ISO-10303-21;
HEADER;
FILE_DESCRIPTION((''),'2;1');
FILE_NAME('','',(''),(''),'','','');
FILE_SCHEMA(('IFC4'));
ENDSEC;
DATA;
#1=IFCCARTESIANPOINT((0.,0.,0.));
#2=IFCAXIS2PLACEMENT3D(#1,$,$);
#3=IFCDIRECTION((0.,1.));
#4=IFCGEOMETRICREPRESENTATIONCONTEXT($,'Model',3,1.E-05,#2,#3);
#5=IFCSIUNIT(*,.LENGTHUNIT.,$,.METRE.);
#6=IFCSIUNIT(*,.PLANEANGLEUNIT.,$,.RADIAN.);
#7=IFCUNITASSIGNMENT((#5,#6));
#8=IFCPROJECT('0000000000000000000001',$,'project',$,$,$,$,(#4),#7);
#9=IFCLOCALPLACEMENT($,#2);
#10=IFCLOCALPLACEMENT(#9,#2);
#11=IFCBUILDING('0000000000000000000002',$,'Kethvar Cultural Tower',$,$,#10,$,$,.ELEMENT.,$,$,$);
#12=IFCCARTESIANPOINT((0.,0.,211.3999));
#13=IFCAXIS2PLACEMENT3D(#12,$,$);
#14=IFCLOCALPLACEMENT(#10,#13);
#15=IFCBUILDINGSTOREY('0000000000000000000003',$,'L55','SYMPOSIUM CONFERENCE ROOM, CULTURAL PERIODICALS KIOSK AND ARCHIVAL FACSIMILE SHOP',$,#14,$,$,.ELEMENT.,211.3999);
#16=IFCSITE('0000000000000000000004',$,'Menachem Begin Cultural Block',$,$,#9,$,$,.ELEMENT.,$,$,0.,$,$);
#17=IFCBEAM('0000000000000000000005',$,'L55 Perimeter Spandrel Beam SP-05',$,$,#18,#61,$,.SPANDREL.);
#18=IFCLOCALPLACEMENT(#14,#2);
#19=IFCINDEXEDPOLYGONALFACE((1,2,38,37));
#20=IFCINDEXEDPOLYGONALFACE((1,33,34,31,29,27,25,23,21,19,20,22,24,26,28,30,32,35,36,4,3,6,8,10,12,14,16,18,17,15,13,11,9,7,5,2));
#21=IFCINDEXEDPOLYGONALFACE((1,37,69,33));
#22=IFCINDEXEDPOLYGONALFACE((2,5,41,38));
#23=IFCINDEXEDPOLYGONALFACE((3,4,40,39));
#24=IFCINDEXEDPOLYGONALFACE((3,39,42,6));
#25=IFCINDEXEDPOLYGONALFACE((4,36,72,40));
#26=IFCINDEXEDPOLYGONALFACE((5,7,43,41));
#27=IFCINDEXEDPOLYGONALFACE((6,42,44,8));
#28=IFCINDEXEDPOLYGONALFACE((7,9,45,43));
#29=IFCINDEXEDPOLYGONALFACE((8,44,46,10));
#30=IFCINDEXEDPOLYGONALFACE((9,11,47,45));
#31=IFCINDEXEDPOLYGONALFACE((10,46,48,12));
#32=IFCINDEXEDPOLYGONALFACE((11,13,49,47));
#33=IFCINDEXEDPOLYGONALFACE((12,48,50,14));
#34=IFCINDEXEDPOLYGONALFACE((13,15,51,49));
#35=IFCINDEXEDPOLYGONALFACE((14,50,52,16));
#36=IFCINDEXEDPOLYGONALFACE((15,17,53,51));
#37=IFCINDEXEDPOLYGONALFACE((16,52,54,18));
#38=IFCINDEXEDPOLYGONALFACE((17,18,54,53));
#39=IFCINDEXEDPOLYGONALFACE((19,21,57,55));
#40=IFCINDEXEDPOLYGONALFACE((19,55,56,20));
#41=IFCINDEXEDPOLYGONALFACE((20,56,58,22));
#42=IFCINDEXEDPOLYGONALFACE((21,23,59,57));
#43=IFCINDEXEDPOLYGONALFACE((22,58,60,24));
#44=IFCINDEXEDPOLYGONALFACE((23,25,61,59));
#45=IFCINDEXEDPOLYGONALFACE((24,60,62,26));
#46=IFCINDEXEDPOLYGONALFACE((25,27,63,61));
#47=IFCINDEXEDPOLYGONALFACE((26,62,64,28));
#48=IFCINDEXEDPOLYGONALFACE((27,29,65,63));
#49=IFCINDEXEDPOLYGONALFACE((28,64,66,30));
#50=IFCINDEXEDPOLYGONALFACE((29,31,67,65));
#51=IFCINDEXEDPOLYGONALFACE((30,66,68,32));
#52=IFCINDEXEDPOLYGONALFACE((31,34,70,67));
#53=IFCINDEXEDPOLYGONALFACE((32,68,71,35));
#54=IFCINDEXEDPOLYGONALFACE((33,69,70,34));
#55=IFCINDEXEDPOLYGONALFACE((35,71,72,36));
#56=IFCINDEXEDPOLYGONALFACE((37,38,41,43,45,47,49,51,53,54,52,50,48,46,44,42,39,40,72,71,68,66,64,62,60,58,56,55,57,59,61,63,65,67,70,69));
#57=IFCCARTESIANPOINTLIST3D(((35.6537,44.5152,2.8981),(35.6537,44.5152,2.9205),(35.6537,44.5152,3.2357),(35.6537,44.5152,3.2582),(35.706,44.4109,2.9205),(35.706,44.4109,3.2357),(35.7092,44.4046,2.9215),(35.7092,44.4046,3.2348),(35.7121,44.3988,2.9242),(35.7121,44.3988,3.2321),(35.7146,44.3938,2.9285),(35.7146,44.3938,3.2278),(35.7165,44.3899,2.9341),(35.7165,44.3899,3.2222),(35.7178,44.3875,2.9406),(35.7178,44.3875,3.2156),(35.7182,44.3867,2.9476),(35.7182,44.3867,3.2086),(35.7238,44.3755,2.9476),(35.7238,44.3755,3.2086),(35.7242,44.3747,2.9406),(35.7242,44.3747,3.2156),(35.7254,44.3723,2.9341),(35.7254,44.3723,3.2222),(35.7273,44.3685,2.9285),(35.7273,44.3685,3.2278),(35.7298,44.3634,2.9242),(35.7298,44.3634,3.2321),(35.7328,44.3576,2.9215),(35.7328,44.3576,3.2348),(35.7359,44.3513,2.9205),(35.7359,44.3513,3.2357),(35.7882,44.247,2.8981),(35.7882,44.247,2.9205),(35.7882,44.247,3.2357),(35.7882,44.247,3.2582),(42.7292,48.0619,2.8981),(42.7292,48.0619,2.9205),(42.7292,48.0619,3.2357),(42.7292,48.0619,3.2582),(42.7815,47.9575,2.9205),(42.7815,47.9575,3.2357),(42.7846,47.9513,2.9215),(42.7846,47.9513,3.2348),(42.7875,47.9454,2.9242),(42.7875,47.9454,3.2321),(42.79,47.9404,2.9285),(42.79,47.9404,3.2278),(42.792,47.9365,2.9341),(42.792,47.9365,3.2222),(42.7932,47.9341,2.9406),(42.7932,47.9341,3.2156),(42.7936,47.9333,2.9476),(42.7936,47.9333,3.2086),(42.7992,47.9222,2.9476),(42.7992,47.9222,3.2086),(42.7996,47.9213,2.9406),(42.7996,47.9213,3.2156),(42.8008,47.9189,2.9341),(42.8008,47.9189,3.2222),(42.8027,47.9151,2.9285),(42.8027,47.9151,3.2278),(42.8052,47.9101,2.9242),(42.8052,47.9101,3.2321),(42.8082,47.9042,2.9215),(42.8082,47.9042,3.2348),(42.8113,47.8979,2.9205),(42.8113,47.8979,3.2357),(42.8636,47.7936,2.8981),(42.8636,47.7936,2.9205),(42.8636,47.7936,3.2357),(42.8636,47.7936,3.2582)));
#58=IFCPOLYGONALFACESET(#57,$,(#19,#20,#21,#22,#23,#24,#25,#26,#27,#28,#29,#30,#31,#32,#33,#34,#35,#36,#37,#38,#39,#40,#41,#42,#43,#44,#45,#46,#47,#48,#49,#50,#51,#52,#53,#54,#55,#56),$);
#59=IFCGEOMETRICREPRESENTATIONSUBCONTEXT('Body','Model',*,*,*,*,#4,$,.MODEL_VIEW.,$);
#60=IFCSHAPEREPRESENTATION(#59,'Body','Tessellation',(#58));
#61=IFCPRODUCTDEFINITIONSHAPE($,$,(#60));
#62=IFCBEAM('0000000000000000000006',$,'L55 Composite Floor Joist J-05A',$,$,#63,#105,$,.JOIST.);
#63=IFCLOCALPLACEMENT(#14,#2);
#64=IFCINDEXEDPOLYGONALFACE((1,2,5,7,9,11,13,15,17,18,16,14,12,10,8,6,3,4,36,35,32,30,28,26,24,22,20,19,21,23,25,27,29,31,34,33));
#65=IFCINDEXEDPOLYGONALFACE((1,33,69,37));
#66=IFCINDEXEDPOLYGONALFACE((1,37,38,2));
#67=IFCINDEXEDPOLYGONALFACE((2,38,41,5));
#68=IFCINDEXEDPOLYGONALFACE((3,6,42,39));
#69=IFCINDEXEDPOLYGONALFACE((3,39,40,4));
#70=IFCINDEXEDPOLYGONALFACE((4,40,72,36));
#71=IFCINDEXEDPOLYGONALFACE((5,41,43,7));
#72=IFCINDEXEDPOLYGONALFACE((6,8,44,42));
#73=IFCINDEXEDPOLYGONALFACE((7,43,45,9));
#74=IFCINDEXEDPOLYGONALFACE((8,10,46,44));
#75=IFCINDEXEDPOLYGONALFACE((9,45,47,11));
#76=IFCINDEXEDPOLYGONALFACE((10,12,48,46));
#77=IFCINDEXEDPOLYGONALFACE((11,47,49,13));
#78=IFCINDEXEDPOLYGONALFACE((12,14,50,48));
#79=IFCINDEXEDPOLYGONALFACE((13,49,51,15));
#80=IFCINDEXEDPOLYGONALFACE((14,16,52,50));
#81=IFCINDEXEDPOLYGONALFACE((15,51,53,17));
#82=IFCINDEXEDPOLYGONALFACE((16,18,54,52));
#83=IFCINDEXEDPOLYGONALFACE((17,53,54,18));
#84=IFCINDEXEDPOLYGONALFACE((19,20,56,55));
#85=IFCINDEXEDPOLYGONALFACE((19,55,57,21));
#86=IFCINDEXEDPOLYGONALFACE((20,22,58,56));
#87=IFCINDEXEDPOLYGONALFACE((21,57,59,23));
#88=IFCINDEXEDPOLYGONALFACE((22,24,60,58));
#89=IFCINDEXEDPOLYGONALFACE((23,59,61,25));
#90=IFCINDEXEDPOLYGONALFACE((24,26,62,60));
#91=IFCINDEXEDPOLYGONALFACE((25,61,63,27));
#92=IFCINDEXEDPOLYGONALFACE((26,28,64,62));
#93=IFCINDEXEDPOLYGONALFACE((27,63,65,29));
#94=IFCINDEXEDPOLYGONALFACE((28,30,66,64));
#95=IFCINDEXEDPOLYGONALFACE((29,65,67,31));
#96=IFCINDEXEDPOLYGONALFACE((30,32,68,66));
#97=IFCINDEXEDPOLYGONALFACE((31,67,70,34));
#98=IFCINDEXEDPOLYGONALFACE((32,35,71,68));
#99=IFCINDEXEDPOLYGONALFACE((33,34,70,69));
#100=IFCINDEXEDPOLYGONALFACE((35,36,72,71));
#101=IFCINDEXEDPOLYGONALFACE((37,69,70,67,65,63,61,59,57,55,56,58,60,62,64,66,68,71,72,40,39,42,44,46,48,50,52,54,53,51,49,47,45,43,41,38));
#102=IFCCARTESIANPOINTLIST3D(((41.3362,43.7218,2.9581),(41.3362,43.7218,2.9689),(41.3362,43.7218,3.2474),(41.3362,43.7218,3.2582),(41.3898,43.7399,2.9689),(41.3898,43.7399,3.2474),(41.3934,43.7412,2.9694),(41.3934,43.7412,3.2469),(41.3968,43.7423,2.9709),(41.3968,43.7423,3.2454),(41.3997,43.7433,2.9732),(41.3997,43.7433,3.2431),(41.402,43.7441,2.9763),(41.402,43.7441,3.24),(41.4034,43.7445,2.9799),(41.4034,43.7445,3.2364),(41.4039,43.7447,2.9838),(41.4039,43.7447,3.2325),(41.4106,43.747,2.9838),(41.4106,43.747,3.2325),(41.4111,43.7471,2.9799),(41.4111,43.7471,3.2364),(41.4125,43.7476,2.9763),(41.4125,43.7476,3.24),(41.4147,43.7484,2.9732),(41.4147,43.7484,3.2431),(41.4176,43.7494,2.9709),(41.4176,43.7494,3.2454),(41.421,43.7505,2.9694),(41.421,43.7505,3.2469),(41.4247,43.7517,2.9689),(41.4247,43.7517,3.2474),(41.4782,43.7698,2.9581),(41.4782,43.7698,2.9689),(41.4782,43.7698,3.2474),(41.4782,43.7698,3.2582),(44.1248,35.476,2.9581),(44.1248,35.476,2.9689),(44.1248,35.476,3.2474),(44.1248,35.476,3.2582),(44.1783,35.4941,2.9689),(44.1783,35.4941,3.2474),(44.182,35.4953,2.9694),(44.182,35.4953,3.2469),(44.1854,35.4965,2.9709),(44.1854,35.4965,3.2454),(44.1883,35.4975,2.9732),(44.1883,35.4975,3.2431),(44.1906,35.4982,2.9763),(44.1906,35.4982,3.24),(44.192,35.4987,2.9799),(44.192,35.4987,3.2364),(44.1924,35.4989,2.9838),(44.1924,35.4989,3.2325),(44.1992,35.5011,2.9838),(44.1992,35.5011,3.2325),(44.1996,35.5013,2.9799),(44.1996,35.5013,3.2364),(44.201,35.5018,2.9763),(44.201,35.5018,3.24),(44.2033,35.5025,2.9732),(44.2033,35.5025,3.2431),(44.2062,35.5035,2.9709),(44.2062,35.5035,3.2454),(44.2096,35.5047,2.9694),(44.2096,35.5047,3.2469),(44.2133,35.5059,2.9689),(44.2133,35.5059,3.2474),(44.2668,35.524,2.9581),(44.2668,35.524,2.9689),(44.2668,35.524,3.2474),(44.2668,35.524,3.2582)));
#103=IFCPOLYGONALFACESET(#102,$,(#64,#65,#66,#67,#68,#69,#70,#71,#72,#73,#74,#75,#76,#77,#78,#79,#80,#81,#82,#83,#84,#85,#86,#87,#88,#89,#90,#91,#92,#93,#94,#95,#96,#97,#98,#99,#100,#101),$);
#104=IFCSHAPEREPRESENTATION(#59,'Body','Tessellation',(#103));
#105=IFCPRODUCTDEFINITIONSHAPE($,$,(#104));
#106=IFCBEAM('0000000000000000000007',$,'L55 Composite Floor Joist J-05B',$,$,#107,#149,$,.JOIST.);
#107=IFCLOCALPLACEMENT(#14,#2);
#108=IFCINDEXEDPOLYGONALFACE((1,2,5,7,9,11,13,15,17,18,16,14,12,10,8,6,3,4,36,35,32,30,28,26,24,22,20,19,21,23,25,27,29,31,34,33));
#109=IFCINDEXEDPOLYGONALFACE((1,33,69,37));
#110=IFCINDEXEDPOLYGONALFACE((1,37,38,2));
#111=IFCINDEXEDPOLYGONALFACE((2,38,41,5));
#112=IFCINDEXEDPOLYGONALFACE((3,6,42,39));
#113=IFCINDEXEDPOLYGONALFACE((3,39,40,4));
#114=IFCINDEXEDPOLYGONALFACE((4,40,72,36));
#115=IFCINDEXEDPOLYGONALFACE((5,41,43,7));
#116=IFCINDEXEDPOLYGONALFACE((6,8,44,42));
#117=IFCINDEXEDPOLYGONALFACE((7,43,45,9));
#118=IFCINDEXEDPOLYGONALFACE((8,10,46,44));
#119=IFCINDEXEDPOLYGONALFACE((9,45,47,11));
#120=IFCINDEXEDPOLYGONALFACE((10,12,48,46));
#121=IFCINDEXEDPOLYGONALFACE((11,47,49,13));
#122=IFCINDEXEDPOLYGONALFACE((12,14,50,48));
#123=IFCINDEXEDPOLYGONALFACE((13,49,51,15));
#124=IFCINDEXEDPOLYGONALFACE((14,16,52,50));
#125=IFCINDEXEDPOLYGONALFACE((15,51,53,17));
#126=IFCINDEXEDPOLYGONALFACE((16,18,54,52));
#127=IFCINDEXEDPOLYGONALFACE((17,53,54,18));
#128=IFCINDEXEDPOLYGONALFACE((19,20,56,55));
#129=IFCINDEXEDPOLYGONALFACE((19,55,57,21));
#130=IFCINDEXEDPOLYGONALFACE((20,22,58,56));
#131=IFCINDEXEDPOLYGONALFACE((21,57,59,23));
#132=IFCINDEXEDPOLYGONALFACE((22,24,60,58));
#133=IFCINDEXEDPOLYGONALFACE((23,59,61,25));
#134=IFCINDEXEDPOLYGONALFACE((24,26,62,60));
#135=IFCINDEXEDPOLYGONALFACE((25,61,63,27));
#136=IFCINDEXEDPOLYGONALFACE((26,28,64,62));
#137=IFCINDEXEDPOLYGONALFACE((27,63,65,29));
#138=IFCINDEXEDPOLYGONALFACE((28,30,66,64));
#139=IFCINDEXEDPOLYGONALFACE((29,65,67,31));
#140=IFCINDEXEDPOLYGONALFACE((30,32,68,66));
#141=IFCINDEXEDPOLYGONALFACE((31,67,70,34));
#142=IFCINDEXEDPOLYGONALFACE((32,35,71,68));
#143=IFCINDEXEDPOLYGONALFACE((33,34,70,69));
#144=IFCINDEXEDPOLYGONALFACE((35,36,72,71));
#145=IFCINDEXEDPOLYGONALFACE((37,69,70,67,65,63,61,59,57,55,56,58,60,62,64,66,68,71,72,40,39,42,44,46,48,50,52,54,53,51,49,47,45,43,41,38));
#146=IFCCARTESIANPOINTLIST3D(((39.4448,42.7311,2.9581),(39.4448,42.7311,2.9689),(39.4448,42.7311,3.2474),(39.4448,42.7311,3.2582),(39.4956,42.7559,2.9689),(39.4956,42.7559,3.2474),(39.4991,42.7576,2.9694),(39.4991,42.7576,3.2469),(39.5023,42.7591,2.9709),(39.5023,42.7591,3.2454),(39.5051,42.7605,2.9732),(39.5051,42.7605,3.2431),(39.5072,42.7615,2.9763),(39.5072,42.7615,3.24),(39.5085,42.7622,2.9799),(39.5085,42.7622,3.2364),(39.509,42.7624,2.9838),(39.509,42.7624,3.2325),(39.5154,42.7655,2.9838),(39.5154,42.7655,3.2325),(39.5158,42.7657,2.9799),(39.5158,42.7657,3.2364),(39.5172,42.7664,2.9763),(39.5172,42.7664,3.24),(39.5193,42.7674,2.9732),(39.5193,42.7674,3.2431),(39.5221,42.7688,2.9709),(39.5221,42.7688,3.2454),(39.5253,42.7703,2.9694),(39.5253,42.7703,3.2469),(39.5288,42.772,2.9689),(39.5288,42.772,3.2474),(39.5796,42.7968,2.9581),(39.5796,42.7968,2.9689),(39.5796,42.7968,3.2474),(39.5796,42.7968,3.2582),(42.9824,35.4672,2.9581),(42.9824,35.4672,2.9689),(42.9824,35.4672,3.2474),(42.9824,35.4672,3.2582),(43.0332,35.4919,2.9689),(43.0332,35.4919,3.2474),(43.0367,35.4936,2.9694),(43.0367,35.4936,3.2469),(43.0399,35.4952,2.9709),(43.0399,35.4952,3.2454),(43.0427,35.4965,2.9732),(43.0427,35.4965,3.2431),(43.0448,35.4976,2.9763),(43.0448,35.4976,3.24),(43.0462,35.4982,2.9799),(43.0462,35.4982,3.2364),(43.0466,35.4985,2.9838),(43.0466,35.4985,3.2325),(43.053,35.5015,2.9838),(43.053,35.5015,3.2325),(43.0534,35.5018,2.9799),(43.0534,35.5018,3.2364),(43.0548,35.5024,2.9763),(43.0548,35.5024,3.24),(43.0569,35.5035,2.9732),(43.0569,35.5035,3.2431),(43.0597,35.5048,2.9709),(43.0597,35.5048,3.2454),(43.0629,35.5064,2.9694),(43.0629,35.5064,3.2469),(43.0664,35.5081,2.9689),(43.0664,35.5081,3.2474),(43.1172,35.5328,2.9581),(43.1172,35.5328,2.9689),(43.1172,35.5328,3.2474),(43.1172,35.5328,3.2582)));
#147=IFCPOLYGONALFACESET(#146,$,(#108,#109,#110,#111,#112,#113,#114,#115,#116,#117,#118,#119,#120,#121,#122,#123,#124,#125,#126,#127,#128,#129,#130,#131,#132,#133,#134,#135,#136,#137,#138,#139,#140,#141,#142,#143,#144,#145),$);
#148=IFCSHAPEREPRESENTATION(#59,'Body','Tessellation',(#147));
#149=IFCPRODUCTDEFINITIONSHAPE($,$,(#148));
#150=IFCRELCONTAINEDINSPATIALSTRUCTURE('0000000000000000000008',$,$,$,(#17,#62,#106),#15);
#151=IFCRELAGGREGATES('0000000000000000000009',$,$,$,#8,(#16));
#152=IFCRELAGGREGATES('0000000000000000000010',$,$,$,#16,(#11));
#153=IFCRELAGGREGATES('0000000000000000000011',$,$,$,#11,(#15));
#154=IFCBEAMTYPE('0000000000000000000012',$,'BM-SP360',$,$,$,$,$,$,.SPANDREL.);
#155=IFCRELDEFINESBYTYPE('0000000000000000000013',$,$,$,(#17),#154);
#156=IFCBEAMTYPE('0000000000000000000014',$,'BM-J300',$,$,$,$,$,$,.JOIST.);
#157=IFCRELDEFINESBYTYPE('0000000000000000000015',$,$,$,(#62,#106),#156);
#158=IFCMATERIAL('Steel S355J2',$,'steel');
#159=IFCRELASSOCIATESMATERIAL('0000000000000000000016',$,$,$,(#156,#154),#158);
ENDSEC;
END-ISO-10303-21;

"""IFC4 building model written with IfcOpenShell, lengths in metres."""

from ifc_helpers import new_model, si_unit, direction, frame, origin, origin_2d, place, context, subcontext, project, spatial, i_section, extrude, source, transform, mapped, material, material_profile, profile_set, type_object, element, save


model = new_model("IFC4")

# Units and contexts
model_context = context("Model", 3, precision=1e-05, world=origin(), true_north=direction((0.0, 1.0)))
body_context = subcontext(model_context, "Body", "Model", "MODEL_VIEW")
ifc_project = project(units=[si_unit("LENGTHUNIT", "METRE"), si_unit("PLANEANGLEUNIT", "RADIAN")], contexts=[model_context])

# Site, building, storey
site_placement = place(None, origin())
site = spatial("IfcSite", under=ifc_project, at=site_placement, Name="Menachem Begin Cultural Block", CompositionType="ELEMENT", RefElevation=0.0)
building_placement = place(site_placement, origin())
building = spatial("IfcBuilding", under=site, at=building_placement, Name="Kethvar Cultural Tower", CompositionType="ELEMENT")
storey_placement = place(building_placement, frame((0.0, 0.0, 211.3999)))
storey = spatial("IfcBuildingStorey", under=building, at=storey_placement, Name="L55", Description="SYMPOSIUM CONFERENCE ROOM, CULTURAL PERIODICALS KIOSK AND ARCHIVAL FACSIMILE SHOP", CompositionType="ELEMENT", Elevation=211.3999)

# Beams
ifc_material_1 = material(Name="Steel S355J2", Category="steel")
ifc_material_profile_1 = material_profile(ifc_material_1, i_section(OverallWidth=0.1499, OverallDepth=0.3, WebThickness=0.0071, FlangeThickness=0.0107, FilletRadius=0.0149, at=origin_2d()), Name="Steel S355J2 — IPE300")
ifc_profile_set_1 = profile_set([ifc_material_profile_1], Name="Steel S355J2 — IPE300")
beam_type_1 = type_object("IfcBeamType", Name="BM-J300", PredefinedType="JOIST", material=ifc_profile_set_1)
ifc_material_profile_2 = material_profile(ifc_material_1, i_section(OverallWidth=0.3, OverallDepth=0.3601, WebThickness=0.0125, FlangeThickness=0.0225, FilletRadius=0.0271, at=origin_2d()), Name="Steel S355J2 — HEB360")
ifc_profile_set_2 = profile_set([ifc_material_profile_2], Name="Steel S355J2 — HEB360")
beam_type_2 = type_object("IfcBeamType", Name="BM-SP360", PredefinedType="SPANDREL", material=ifc_profile_set_2)
shared_shape_1 = source(origin(), body_context, "Body", "SweptSolid", [
    extrude(i_section(OverallWidth=0.3, OverallDepth=0.3601, WebThickness=0.0125, FlangeThickness=0.0225, FilletRadius=0.0271, at=origin_2d()), origin(), (0.0, 0.0, 1.0), 7.9146),
])
beam_1_placement = place(storey_placement, frame((42.7964, 47.9277, 3.0781), z_axis=(-0.893976, -0.448114, 0.0), x_axis=(0.448114, -0.893976, 0.0)))
element("IfcBeam", 1, at=beam_1_placement, inside=storey, type_object=beam_type_2, Name="L55 Perimeter Spandrel Beam SP-05", PredefinedType="SPANDREL", context=body_context, shape_type="MappedRepresentation", body=[
    mapped(shared_shape_1, transform((0.0, 0.0, 0.0), scale=1.0)),
])
shared_shape_2 = source(origin(), body_context, "Body", "SweptSolid", [
    extrude(i_section(OverallWidth=0.1499, OverallDepth=0.3, WebThickness=0.0071, FlangeThickness=0.0107, FilletRadius=0.0149, at=origin_2d()), origin(), (0.0, 0.0, 1.0), 8.7046),
])
beam_2_placement = place(storey_placement, frame((44.1958, 35.5, 3.1082), z_axis=(-0.320356, 0.947297, 0.0), x_axis=(-0.947297, -0.320356, 0.0)))
element("IfcBeam", 2, at=beam_2_placement, inside=storey, type_object=beam_type_1, Name="L55 Composite Floor Joist J-05A", PredefinedType="JOIST", context=body_context, shape_type="MappedRepresentation", body=[
    mapped(shared_shape_2, transform((0.0, 0.0, 0.0), scale=1.0)),
])
shared_shape_3 = source(origin(), body_context, "Body", "SweptSolid", [
    extrude(i_section(OverallWidth=0.1499, OverallDepth=0.3, WebThickness=0.0071, FlangeThickness=0.0107, FilletRadius=0.0149, at=origin_2d()), origin(), (0.0, 0.0, 1.0), 8.0796),
])
beam_3_placement = place(storey_placement, frame((43.0498, 35.5, 3.1082), z_axis=(-0.437846, 0.89905, 0.0), x_axis=(-0.89905, -0.437846, 0.0)))
element("IfcBeam", 3, at=beam_3_placement, inside=storey, type_object=beam_type_1, Name="L55 Composite Floor Joist J-05B", PredefinedType="JOIST", context=body_context, shape_type="MappedRepresentation", body=[
    mapped(shared_shape_3, transform((0.0, 0.0, 0.0), scale=1.0)),
])

save(model, "model.ifc")
